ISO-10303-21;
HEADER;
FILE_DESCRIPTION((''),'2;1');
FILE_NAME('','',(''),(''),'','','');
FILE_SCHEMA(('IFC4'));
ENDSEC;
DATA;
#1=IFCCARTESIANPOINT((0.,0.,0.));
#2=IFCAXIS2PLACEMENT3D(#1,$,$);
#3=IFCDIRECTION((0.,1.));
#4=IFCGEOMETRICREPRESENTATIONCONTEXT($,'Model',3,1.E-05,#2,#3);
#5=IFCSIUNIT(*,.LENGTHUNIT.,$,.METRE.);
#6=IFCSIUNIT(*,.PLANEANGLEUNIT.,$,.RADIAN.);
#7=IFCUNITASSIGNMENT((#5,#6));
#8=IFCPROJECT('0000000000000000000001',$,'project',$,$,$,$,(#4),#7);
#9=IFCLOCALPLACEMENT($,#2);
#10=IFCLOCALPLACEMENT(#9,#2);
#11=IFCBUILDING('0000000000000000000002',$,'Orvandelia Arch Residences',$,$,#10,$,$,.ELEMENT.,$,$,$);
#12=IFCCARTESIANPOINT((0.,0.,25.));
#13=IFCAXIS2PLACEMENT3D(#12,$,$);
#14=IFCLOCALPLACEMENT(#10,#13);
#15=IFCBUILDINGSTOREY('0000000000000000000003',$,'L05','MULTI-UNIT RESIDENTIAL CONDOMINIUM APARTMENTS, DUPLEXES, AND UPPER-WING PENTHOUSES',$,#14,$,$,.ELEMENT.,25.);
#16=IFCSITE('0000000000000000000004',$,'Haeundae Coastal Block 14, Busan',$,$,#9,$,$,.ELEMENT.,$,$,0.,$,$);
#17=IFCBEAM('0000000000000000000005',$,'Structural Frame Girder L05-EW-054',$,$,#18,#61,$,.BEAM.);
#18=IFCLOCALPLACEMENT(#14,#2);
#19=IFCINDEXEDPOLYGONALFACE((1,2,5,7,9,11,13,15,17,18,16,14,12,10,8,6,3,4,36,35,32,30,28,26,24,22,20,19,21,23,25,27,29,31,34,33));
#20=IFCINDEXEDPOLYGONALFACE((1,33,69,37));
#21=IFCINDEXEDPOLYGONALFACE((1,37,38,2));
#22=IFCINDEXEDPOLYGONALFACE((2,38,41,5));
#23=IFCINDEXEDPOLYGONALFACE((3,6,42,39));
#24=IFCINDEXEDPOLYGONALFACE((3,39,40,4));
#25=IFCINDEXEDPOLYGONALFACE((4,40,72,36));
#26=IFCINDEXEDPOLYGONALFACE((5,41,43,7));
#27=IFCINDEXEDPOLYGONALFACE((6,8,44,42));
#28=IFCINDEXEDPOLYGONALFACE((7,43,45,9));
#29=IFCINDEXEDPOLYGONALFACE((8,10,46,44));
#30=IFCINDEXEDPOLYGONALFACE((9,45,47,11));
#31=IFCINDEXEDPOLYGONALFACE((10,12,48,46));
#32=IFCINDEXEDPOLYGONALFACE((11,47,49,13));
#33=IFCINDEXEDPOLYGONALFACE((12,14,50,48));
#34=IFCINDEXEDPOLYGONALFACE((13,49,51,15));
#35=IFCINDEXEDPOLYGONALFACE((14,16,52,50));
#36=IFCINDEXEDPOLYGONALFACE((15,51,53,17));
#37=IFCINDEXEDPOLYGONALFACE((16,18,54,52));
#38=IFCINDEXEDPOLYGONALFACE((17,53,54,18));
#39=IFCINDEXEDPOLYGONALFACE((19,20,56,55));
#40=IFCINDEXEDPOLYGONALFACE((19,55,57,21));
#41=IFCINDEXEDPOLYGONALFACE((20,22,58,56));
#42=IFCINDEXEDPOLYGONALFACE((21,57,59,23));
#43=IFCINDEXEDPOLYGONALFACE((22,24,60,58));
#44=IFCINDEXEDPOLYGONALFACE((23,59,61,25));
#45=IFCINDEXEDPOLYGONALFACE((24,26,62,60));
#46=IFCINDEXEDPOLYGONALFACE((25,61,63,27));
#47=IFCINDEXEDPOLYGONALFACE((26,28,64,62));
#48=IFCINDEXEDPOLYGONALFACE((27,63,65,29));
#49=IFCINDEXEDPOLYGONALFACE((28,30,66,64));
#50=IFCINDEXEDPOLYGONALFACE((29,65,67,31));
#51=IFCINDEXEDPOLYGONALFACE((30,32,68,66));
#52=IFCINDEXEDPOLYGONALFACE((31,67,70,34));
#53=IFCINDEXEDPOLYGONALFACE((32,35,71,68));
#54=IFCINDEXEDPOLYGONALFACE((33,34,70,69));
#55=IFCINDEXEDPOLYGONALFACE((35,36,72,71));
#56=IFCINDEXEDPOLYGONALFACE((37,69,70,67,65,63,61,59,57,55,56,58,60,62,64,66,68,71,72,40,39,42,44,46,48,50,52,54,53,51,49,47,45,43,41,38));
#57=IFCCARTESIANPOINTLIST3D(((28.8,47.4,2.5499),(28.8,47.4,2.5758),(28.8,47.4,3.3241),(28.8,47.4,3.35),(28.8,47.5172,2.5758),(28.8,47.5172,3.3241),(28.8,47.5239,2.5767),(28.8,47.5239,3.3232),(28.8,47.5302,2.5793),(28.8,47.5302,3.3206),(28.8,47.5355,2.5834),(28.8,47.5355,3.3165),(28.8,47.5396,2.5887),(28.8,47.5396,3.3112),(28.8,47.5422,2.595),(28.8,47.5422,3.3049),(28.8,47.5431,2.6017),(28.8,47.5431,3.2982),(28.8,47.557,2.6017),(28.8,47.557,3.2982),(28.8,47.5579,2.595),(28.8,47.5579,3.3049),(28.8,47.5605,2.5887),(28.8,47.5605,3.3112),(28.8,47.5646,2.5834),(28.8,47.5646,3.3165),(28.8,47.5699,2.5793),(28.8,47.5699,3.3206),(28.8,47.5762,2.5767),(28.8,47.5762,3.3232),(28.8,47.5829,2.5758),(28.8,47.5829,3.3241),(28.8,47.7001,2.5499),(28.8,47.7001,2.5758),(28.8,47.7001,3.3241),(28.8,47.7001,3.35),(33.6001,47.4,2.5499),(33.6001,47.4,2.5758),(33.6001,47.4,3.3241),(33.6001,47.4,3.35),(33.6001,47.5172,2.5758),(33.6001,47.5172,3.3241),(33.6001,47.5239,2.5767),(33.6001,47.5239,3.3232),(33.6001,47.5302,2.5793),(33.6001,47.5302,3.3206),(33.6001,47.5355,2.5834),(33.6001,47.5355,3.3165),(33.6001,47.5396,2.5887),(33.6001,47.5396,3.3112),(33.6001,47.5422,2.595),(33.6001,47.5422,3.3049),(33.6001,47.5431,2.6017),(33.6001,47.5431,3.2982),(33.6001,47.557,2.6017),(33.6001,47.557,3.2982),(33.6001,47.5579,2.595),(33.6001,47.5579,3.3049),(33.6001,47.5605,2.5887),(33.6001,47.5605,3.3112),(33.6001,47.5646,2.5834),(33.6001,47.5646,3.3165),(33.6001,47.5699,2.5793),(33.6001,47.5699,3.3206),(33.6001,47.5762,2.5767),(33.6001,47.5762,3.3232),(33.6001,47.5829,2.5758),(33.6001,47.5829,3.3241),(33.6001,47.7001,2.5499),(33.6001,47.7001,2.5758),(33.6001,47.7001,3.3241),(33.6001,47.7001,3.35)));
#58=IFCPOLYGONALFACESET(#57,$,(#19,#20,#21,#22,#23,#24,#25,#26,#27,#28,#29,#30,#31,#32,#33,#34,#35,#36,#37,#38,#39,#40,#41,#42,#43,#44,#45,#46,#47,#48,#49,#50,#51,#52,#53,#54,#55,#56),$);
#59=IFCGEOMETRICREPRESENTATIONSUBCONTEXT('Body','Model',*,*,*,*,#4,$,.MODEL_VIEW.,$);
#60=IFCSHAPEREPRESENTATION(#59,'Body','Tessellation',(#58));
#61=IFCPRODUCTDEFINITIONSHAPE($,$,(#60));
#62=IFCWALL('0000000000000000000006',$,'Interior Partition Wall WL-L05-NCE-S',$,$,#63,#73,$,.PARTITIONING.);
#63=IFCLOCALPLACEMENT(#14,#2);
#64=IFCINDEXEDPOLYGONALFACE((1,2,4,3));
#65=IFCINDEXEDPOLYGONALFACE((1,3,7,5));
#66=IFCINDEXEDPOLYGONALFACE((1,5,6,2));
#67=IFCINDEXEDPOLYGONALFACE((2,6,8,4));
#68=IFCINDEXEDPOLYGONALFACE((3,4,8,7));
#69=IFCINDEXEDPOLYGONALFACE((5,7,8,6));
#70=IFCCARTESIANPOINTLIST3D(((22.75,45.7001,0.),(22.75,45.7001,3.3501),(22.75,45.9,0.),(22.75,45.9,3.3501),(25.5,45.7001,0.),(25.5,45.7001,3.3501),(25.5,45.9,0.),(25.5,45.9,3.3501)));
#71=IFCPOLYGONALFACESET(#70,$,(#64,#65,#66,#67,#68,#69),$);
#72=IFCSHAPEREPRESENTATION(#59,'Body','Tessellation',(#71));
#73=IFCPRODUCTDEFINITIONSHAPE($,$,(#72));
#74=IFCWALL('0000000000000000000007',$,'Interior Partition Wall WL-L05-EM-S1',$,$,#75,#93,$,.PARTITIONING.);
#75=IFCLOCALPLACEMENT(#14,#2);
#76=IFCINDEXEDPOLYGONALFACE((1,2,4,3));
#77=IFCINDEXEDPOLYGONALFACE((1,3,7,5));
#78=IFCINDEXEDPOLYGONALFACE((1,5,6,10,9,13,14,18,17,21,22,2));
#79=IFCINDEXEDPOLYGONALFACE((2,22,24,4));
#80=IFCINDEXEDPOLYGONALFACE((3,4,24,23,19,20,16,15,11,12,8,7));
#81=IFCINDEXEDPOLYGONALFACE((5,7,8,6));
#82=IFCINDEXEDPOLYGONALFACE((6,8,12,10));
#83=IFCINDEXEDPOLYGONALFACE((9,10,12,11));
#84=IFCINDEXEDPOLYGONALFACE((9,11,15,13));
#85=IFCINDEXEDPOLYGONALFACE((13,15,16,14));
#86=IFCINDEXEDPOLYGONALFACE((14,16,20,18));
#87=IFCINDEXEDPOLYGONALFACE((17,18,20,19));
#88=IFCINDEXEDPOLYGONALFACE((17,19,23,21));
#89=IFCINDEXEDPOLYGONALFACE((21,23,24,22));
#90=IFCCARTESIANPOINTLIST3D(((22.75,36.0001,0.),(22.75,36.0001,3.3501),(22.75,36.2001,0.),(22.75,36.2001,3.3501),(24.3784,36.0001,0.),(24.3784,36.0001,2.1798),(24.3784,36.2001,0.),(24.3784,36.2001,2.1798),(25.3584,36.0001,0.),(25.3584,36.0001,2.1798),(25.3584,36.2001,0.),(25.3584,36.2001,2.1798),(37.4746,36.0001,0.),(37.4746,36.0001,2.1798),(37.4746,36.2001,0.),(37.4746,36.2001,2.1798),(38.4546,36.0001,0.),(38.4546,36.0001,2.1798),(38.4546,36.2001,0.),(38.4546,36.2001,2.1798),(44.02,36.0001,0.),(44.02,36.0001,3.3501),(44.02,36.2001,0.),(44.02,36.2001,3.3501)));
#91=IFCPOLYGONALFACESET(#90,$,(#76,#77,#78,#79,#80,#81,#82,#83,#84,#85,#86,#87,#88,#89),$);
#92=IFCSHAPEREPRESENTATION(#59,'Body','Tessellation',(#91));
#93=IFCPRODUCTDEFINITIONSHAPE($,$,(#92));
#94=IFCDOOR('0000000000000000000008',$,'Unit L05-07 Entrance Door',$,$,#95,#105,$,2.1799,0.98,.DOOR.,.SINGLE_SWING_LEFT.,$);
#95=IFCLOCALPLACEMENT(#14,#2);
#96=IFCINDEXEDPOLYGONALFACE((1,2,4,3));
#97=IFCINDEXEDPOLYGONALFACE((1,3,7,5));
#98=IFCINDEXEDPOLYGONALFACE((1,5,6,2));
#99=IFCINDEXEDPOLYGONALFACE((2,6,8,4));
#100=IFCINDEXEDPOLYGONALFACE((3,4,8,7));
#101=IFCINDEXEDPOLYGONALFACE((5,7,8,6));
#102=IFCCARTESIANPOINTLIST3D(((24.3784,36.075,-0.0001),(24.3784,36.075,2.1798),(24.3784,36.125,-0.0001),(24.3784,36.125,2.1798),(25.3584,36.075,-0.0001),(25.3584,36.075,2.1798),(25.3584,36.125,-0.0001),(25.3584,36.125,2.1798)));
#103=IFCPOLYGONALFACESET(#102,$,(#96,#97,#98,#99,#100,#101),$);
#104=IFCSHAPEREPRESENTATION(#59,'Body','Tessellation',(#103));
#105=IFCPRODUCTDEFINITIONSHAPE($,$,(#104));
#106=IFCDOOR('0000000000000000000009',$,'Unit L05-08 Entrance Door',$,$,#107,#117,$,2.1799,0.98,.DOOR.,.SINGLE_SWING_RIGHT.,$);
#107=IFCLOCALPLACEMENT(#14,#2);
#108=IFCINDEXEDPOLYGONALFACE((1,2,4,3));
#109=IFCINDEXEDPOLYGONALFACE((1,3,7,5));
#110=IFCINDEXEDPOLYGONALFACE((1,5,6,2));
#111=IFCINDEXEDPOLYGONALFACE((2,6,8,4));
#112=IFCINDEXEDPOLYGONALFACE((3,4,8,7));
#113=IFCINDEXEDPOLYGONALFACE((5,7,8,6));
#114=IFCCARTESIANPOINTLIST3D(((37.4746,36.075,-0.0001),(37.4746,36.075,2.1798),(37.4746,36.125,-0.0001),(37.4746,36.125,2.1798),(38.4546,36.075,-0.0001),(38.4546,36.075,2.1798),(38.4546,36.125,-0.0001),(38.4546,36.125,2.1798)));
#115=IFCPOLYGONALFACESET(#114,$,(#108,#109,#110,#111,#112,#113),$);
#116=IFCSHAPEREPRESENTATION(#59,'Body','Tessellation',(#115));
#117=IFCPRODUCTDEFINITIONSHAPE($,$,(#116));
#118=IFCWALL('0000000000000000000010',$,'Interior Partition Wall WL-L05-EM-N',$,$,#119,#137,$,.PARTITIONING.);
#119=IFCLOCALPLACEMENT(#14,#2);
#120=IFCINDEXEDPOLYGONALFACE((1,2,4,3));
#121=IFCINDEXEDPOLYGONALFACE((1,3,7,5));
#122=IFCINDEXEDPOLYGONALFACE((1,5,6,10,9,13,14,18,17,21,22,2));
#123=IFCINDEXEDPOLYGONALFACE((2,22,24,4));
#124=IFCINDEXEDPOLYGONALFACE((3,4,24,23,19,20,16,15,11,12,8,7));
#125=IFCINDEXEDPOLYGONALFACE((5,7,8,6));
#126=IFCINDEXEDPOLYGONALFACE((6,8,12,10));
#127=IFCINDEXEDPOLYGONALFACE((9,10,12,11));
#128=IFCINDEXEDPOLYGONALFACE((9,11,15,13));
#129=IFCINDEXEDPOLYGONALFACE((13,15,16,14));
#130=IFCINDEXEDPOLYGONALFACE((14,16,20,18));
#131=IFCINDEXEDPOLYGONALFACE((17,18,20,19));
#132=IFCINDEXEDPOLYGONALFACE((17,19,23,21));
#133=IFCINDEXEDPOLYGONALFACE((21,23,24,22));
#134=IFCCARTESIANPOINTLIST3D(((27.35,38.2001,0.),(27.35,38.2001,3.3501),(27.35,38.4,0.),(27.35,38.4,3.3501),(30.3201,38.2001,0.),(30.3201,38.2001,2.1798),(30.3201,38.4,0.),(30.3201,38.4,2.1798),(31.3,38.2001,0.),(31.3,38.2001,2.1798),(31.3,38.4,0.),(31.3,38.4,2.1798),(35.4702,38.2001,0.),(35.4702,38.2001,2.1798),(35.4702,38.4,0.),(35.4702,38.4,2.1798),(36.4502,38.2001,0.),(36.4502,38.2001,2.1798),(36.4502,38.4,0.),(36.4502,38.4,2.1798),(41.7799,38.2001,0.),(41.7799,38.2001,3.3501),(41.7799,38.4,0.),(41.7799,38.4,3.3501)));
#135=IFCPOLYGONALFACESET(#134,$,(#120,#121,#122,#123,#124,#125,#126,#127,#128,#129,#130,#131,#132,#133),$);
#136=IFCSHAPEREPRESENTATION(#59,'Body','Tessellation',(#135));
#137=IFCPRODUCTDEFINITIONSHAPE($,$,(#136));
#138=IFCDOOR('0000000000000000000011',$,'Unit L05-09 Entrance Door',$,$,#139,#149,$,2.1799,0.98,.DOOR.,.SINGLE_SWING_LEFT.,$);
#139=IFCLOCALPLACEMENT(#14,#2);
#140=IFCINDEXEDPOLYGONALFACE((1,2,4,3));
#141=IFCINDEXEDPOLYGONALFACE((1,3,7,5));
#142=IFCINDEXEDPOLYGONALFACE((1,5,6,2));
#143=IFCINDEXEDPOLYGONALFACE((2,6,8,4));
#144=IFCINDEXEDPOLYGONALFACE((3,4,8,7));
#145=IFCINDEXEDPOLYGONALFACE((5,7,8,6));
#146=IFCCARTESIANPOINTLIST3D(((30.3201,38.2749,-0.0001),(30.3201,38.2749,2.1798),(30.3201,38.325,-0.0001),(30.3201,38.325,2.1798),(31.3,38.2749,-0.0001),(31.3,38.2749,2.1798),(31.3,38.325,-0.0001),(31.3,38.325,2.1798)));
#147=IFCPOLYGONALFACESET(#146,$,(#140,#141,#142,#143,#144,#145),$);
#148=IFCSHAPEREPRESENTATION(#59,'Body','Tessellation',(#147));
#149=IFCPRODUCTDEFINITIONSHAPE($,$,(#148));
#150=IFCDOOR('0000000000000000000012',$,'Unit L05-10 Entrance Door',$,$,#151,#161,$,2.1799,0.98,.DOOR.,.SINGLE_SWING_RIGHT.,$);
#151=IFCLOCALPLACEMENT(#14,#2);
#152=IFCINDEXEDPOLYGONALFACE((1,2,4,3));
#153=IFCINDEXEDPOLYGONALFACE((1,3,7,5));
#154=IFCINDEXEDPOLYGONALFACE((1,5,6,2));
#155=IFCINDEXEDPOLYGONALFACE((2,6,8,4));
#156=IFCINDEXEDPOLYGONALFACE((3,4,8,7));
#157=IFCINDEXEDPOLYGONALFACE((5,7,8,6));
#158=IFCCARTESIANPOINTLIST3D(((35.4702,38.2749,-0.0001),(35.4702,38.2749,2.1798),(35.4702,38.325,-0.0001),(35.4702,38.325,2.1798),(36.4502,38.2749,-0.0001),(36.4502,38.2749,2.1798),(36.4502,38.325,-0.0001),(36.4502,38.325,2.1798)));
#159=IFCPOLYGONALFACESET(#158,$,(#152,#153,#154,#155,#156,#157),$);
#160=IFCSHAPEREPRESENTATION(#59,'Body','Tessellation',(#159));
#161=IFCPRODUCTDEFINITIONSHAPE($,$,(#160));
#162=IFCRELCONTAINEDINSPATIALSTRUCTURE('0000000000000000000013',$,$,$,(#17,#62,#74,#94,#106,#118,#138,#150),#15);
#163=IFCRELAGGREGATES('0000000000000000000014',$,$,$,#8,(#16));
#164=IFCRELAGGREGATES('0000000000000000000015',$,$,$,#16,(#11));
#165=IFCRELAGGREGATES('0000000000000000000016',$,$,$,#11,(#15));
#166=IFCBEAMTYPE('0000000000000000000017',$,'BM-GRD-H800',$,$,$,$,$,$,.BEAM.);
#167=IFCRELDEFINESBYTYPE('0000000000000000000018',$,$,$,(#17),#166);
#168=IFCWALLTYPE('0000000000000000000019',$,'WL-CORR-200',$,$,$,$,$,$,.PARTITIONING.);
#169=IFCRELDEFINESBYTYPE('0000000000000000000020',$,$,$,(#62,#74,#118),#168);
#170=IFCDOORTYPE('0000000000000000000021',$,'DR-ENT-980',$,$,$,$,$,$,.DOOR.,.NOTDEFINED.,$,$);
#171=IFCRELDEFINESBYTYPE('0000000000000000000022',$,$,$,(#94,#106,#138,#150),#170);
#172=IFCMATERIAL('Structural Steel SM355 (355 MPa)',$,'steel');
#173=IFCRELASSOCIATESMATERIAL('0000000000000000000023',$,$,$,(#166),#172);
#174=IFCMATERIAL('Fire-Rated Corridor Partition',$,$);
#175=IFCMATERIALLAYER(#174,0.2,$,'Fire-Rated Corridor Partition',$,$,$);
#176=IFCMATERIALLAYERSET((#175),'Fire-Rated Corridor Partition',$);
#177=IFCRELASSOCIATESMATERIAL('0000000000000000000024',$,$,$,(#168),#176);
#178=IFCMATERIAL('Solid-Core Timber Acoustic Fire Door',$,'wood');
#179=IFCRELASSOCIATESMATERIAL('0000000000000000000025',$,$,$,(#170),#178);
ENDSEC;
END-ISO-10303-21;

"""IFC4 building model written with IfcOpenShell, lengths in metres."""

from ifc_helpers import new_model, si_unit, direction, frame, frame_2d, origin, origin_2d, place, context, subcontext, project, spatial, rectangle, i_section, extrude, material, layer, layer_set, material_profile, profile_set, type_object, element, fill, save


model = new_model("IFC4")

# Units and contexts
model_context = context("Model", 3, precision=1e-05, world=origin(), true_north=direction((0.0, 1.0)))
body_context = subcontext(model_context, "Body", "Model", "MODEL_VIEW")
ifc_project = project(units=[si_unit("LENGTHUNIT", "METRE"), si_unit("PLANEANGLEUNIT", "RADIAN")], contexts=[model_context])

# Site, building, storey
site_placement = place(None, origin())
site = spatial("IfcSite", under=ifc_project, at=site_placement, Name="Haeundae Coastal Block 14, Busan", CompositionType="ELEMENT", RefElevation=0.0)
building_placement = place(site_placement, origin())
building = spatial("IfcBuilding", under=site, at=building_placement, Name="Orvandelia Arch Residences", CompositionType="ELEMENT")
storey_placement = place(building_placement, frame((0.0, 0.0, 25.0)))
storey = spatial("IfcBuildingStorey", under=building, at=storey_placement, Name="L05", Description="MULTI-UNIT RESIDENTIAL CONDOMINIUM APARTMENTS, DUPLEXES, AND UPPER-WING PENTHOUSES", CompositionType="ELEMENT", Elevation=25.0)

# Beam
ifc_material_1 = material(Name="Structural Steel SM355 (355 MPa)", Category="steel")
ifc_material_profile_1 = material_profile(ifc_material_1, i_section(OverallWidth=0.3, OverallDepth=0.8, WebThickness=0.0139, FlangeThickness=0.0259, FilletRadius=0.0259, at=origin_2d()), Name="Structural Steel SM355 (355 MPa)", Category="steel")
ifc_profile_set_1 = profile_set([ifc_material_profile_1], Name="Structural Steel SM355 (355 MPa)")
beam_type = type_object("IfcBeamType", Name="BM-GRD-H800", PredefinedType="BEAM", material=ifc_profile_set_1)
beam_1_placement = place(storey_placement, frame((28.8, 47.55, 2.95), z_axis=(1.0, 0.0, 0.0), x_axis=(0.0, 1.0, 0.0)))
element("IfcBeam", 1, at=beam_1_placement, inside=storey, type_object=beam_type, Name="Structural Frame Girder L05-EW-054", PredefinedType="BEAM", context=body_context, shape_type="SweptSolid", body=[
    extrude(i_section(OverallWidth=0.3, OverallDepth=0.8, WebThickness=0.0139, FlangeThickness=0.0259, FilletRadius=0.0259, at=origin_2d()), origin(), (0.0, 0.0, 1.0), 4.8),
])

# Wall
ifc_material_2 = material(Name="Fire-Rated Corridor Partition")
ifc_layer_1 = layer(ifc_material_2, 0.2, Name="Fire-Rated Corridor Partition")
ifc_layer_set_1 = layer_set([ifc_layer_1], Name="Fire-Rated Corridor Partition")
wall_type_1 = type_object("IfcWallType", Name="WL-CORR-200", PredefinedType="PARTITIONING", material=ifc_layer_set_1)
wall_1_placement = place(storey_placement, frame((22.75, 45.8, 0.0), z_axis=(0.0, 0.0, 1.0), x_axis=(1.0, 0.0, 0.0)))
element("IfcWall", 2, at=wall_1_placement, inside=storey, type_object=wall_type_1, Name="Interior Partition Wall WL-L05-NCE-S", PredefinedType="PARTITIONING", context=body_context, shape_type="SweptSolid", body=[
    extrude(rectangle(XDim=2.75, YDim=0.2, at=frame_2d((1.375, 0.0))), origin(), (0.0, 0.0, 1.0), 3.3501),
])

# Walls, openings, doors
wall_2_placement = place(storey_placement, frame((22.75, 36.1001, 0.0), z_axis=(0.0, 0.0, 1.0), x_axis=(1.0, 0.0, 0.0)))
wall_2 = element("IfcWall", 3, at=wall_2_placement, inside=storey, type_object=wall_type_1, Name="Interior Partition Wall WL-L05-EM-S1", PredefinedType="PARTITIONING", context=body_context, shape_type="SweptSolid", body=[
    extrude(rectangle(XDim=21.27, YDim=0.2, at=frame_2d((10.635, 0.0))), origin(), (0.0, 0.0, 1.0), 3.3501),
])
opening_1_placement = place(wall_2_placement, frame((1.6284, 0.0, 0.0)))
opening_1 = element("IfcOpeningElement", 4, at=opening_1_placement, cuts=wall_2, PredefinedType="OPENING", context=body_context, shape_type="SweptSolid", body=[
    extrude(rectangle(XDim=0.98, YDim=2.1799, at=frame_2d((0.49, 1.0898))), frame((0.0, 0.1099, 0.0), z_axis=(0.0, -1.0, 0.0), x_axis=(1.0, 0.0, 0.0)), (0.0, 0.0, 1.0), 0.22),
])
opening_2_placement = place(wall_2_placement, frame((14.7246, 0.0, 0.0)))
opening_2 = element("IfcOpeningElement", 5, at=opening_2_placement, cuts=wall_2, PredefinedType="OPENING", context=body_context, shape_type="SweptSolid", body=[
    extrude(rectangle(XDim=0.98, YDim=2.1799, at=frame_2d((0.49, 1.0898))), frame((0.0, 0.1099, 0.0), z_axis=(0.0, -1.0, 0.0), x_axis=(1.0, 0.0, 0.0)), (0.0, 0.0, 1.0), 0.22),
])
ifc_material_3 = material(Name="Solid-Core Timber Acoustic Fire Door", Category="wood")
door_type_1 = type_object("IfcDoorType", Name="DR-ENT-980", OperationType="NOTDEFINED", PredefinedType="DOOR", material=ifc_material_3)
door_1_placement = place(opening_1_placement, origin())
door_1 = element("IfcDoor", 6, at=door_1_placement, inside=storey, type_object=door_type_1, Name="Unit L05-07 Entrance Door", OperationType="SINGLE_SWING_LEFT", OverallHeight=2.1799, OverallWidth=0.98, PredefinedType="DOOR", context=body_context, shape_type="SweptSolid", body=[
    extrude(rectangle(XDim=0.98, YDim=2.1799, at=frame_2d((0.49, 1.0898))), frame((0.0, 0.0249, 0.0), z_axis=(0.0, -1.0, 0.0), x_axis=(1.0, 0.0, 0.0)), (0.0, 0.0, 1.0), 0.05),
])
fill(opening_1, door_1)
door_2_placement = place(opening_2_placement, origin())
door_2 = element("IfcDoor", 7, at=door_2_placement, inside=storey, type_object=door_type_1, Name="Unit L05-08 Entrance Door", OperationType="SINGLE_SWING_RIGHT", OverallHeight=2.1799, OverallWidth=0.98, PredefinedType="DOOR", context=body_context, shape_type="SweptSolid", body=[
    extrude(rectangle(XDim=0.98, YDim=2.1799, at=frame_2d((0.49, 1.0898))), frame((0.0, 0.0249, 0.0), z_axis=(0.0, -1.0, 0.0), x_axis=(1.0, 0.0, 0.0)), (0.0, 0.0, 1.0), 0.05),
])
fill(opening_2, door_2)
wall_3_placement = place(storey_placement, frame((27.3501, 38.3, 0.0), z_axis=(0.0, 0.0, 1.0), x_axis=(1.0, 0.0, 0.0)))
wall_3 = element("IfcWall", 8, at=wall_3_placement, inside=storey, type_object=wall_type_1, Name="Interior Partition Wall WL-L05-EM-N", PredefinedType="PARTITIONING", context=body_context, shape_type="SweptSolid", body=[
    extrude(rectangle(XDim=14.4299, YDim=0.2, at=frame_2d((7.2148, 0.0))), origin(), (0.0, 0.0, 1.0), 3.3501),
])
opening_3_placement = place(wall_3_placement, frame((2.97, 0.0, 0.0)))
opening_3 = element("IfcOpeningElement", 9, at=opening_3_placement, cuts=wall_3, PredefinedType="OPENING", context=body_context, shape_type="SweptSolid", body=[
    extrude(rectangle(XDim=0.98, YDim=2.1799, at=frame_2d((0.49, 1.0898))), frame((0.0, 0.1099, 0.0), z_axis=(0.0, -1.0, 0.0), x_axis=(1.0, 0.0, 0.0)), (0.0, 0.0, 1.0), 0.22),
])
opening_4_placement = place(wall_3_placement, frame((8.1201, 0.0, 0.0)))
opening_4 = element("IfcOpeningElement", 10, at=opening_4_placement, cuts=wall_3, PredefinedType="OPENING", context=body_context, shape_type="SweptSolid", body=[
    extrude(rectangle(XDim=0.98, YDim=2.1799, at=frame_2d((0.49, 1.0898))), frame((0.0, 0.1099, 0.0), z_axis=(0.0, -1.0, 0.0), x_axis=(1.0, 0.0, 0.0)), (0.0, 0.0, 1.0), 0.22),
])
door_3_placement = place(opening_3_placement, origin())
door_3 = element("IfcDoor", 11, at=door_3_placement, inside=storey, type_object=door_type_1, Name="Unit L05-09 Entrance Door", OperationType="SINGLE_SWING_LEFT", OverallHeight=2.1799, OverallWidth=0.98, PredefinedType="DOOR", context=body_context, shape_type="SweptSolid", body=[
    extrude(rectangle(XDim=0.98, YDim=2.1799, at=frame_2d((0.49, 1.0898))), frame((0.0, 0.0249, 0.0), z_axis=(0.0, -1.0, 0.0), x_axis=(1.0, 0.0, 0.0)), (0.0, 0.0, 1.0), 0.05),
])
fill(opening_3, door_3)
door_4_placement = place(opening_4_placement, origin())
door_4 = element("IfcDoor", 12, at=door_4_placement, inside=storey, type_object=door_type_1, Name="Unit L05-10 Entrance Door", OperationType="SINGLE_SWING_RIGHT", OverallHeight=2.1799, OverallWidth=0.98, PredefinedType="DOOR", context=body_context, shape_type="SweptSolid", body=[
    extrude(rectangle(XDim=0.98, YDim=2.1799, at=frame_2d((0.49, 1.0898))), frame((0.0, 0.0249, 0.0), z_axis=(0.0, -1.0, 0.0), x_axis=(1.0, 0.0, 0.0)), (0.0, 0.0, 1.0), 0.05),
])
fill(opening_4, door_4)

save(model, "model.ifc")
